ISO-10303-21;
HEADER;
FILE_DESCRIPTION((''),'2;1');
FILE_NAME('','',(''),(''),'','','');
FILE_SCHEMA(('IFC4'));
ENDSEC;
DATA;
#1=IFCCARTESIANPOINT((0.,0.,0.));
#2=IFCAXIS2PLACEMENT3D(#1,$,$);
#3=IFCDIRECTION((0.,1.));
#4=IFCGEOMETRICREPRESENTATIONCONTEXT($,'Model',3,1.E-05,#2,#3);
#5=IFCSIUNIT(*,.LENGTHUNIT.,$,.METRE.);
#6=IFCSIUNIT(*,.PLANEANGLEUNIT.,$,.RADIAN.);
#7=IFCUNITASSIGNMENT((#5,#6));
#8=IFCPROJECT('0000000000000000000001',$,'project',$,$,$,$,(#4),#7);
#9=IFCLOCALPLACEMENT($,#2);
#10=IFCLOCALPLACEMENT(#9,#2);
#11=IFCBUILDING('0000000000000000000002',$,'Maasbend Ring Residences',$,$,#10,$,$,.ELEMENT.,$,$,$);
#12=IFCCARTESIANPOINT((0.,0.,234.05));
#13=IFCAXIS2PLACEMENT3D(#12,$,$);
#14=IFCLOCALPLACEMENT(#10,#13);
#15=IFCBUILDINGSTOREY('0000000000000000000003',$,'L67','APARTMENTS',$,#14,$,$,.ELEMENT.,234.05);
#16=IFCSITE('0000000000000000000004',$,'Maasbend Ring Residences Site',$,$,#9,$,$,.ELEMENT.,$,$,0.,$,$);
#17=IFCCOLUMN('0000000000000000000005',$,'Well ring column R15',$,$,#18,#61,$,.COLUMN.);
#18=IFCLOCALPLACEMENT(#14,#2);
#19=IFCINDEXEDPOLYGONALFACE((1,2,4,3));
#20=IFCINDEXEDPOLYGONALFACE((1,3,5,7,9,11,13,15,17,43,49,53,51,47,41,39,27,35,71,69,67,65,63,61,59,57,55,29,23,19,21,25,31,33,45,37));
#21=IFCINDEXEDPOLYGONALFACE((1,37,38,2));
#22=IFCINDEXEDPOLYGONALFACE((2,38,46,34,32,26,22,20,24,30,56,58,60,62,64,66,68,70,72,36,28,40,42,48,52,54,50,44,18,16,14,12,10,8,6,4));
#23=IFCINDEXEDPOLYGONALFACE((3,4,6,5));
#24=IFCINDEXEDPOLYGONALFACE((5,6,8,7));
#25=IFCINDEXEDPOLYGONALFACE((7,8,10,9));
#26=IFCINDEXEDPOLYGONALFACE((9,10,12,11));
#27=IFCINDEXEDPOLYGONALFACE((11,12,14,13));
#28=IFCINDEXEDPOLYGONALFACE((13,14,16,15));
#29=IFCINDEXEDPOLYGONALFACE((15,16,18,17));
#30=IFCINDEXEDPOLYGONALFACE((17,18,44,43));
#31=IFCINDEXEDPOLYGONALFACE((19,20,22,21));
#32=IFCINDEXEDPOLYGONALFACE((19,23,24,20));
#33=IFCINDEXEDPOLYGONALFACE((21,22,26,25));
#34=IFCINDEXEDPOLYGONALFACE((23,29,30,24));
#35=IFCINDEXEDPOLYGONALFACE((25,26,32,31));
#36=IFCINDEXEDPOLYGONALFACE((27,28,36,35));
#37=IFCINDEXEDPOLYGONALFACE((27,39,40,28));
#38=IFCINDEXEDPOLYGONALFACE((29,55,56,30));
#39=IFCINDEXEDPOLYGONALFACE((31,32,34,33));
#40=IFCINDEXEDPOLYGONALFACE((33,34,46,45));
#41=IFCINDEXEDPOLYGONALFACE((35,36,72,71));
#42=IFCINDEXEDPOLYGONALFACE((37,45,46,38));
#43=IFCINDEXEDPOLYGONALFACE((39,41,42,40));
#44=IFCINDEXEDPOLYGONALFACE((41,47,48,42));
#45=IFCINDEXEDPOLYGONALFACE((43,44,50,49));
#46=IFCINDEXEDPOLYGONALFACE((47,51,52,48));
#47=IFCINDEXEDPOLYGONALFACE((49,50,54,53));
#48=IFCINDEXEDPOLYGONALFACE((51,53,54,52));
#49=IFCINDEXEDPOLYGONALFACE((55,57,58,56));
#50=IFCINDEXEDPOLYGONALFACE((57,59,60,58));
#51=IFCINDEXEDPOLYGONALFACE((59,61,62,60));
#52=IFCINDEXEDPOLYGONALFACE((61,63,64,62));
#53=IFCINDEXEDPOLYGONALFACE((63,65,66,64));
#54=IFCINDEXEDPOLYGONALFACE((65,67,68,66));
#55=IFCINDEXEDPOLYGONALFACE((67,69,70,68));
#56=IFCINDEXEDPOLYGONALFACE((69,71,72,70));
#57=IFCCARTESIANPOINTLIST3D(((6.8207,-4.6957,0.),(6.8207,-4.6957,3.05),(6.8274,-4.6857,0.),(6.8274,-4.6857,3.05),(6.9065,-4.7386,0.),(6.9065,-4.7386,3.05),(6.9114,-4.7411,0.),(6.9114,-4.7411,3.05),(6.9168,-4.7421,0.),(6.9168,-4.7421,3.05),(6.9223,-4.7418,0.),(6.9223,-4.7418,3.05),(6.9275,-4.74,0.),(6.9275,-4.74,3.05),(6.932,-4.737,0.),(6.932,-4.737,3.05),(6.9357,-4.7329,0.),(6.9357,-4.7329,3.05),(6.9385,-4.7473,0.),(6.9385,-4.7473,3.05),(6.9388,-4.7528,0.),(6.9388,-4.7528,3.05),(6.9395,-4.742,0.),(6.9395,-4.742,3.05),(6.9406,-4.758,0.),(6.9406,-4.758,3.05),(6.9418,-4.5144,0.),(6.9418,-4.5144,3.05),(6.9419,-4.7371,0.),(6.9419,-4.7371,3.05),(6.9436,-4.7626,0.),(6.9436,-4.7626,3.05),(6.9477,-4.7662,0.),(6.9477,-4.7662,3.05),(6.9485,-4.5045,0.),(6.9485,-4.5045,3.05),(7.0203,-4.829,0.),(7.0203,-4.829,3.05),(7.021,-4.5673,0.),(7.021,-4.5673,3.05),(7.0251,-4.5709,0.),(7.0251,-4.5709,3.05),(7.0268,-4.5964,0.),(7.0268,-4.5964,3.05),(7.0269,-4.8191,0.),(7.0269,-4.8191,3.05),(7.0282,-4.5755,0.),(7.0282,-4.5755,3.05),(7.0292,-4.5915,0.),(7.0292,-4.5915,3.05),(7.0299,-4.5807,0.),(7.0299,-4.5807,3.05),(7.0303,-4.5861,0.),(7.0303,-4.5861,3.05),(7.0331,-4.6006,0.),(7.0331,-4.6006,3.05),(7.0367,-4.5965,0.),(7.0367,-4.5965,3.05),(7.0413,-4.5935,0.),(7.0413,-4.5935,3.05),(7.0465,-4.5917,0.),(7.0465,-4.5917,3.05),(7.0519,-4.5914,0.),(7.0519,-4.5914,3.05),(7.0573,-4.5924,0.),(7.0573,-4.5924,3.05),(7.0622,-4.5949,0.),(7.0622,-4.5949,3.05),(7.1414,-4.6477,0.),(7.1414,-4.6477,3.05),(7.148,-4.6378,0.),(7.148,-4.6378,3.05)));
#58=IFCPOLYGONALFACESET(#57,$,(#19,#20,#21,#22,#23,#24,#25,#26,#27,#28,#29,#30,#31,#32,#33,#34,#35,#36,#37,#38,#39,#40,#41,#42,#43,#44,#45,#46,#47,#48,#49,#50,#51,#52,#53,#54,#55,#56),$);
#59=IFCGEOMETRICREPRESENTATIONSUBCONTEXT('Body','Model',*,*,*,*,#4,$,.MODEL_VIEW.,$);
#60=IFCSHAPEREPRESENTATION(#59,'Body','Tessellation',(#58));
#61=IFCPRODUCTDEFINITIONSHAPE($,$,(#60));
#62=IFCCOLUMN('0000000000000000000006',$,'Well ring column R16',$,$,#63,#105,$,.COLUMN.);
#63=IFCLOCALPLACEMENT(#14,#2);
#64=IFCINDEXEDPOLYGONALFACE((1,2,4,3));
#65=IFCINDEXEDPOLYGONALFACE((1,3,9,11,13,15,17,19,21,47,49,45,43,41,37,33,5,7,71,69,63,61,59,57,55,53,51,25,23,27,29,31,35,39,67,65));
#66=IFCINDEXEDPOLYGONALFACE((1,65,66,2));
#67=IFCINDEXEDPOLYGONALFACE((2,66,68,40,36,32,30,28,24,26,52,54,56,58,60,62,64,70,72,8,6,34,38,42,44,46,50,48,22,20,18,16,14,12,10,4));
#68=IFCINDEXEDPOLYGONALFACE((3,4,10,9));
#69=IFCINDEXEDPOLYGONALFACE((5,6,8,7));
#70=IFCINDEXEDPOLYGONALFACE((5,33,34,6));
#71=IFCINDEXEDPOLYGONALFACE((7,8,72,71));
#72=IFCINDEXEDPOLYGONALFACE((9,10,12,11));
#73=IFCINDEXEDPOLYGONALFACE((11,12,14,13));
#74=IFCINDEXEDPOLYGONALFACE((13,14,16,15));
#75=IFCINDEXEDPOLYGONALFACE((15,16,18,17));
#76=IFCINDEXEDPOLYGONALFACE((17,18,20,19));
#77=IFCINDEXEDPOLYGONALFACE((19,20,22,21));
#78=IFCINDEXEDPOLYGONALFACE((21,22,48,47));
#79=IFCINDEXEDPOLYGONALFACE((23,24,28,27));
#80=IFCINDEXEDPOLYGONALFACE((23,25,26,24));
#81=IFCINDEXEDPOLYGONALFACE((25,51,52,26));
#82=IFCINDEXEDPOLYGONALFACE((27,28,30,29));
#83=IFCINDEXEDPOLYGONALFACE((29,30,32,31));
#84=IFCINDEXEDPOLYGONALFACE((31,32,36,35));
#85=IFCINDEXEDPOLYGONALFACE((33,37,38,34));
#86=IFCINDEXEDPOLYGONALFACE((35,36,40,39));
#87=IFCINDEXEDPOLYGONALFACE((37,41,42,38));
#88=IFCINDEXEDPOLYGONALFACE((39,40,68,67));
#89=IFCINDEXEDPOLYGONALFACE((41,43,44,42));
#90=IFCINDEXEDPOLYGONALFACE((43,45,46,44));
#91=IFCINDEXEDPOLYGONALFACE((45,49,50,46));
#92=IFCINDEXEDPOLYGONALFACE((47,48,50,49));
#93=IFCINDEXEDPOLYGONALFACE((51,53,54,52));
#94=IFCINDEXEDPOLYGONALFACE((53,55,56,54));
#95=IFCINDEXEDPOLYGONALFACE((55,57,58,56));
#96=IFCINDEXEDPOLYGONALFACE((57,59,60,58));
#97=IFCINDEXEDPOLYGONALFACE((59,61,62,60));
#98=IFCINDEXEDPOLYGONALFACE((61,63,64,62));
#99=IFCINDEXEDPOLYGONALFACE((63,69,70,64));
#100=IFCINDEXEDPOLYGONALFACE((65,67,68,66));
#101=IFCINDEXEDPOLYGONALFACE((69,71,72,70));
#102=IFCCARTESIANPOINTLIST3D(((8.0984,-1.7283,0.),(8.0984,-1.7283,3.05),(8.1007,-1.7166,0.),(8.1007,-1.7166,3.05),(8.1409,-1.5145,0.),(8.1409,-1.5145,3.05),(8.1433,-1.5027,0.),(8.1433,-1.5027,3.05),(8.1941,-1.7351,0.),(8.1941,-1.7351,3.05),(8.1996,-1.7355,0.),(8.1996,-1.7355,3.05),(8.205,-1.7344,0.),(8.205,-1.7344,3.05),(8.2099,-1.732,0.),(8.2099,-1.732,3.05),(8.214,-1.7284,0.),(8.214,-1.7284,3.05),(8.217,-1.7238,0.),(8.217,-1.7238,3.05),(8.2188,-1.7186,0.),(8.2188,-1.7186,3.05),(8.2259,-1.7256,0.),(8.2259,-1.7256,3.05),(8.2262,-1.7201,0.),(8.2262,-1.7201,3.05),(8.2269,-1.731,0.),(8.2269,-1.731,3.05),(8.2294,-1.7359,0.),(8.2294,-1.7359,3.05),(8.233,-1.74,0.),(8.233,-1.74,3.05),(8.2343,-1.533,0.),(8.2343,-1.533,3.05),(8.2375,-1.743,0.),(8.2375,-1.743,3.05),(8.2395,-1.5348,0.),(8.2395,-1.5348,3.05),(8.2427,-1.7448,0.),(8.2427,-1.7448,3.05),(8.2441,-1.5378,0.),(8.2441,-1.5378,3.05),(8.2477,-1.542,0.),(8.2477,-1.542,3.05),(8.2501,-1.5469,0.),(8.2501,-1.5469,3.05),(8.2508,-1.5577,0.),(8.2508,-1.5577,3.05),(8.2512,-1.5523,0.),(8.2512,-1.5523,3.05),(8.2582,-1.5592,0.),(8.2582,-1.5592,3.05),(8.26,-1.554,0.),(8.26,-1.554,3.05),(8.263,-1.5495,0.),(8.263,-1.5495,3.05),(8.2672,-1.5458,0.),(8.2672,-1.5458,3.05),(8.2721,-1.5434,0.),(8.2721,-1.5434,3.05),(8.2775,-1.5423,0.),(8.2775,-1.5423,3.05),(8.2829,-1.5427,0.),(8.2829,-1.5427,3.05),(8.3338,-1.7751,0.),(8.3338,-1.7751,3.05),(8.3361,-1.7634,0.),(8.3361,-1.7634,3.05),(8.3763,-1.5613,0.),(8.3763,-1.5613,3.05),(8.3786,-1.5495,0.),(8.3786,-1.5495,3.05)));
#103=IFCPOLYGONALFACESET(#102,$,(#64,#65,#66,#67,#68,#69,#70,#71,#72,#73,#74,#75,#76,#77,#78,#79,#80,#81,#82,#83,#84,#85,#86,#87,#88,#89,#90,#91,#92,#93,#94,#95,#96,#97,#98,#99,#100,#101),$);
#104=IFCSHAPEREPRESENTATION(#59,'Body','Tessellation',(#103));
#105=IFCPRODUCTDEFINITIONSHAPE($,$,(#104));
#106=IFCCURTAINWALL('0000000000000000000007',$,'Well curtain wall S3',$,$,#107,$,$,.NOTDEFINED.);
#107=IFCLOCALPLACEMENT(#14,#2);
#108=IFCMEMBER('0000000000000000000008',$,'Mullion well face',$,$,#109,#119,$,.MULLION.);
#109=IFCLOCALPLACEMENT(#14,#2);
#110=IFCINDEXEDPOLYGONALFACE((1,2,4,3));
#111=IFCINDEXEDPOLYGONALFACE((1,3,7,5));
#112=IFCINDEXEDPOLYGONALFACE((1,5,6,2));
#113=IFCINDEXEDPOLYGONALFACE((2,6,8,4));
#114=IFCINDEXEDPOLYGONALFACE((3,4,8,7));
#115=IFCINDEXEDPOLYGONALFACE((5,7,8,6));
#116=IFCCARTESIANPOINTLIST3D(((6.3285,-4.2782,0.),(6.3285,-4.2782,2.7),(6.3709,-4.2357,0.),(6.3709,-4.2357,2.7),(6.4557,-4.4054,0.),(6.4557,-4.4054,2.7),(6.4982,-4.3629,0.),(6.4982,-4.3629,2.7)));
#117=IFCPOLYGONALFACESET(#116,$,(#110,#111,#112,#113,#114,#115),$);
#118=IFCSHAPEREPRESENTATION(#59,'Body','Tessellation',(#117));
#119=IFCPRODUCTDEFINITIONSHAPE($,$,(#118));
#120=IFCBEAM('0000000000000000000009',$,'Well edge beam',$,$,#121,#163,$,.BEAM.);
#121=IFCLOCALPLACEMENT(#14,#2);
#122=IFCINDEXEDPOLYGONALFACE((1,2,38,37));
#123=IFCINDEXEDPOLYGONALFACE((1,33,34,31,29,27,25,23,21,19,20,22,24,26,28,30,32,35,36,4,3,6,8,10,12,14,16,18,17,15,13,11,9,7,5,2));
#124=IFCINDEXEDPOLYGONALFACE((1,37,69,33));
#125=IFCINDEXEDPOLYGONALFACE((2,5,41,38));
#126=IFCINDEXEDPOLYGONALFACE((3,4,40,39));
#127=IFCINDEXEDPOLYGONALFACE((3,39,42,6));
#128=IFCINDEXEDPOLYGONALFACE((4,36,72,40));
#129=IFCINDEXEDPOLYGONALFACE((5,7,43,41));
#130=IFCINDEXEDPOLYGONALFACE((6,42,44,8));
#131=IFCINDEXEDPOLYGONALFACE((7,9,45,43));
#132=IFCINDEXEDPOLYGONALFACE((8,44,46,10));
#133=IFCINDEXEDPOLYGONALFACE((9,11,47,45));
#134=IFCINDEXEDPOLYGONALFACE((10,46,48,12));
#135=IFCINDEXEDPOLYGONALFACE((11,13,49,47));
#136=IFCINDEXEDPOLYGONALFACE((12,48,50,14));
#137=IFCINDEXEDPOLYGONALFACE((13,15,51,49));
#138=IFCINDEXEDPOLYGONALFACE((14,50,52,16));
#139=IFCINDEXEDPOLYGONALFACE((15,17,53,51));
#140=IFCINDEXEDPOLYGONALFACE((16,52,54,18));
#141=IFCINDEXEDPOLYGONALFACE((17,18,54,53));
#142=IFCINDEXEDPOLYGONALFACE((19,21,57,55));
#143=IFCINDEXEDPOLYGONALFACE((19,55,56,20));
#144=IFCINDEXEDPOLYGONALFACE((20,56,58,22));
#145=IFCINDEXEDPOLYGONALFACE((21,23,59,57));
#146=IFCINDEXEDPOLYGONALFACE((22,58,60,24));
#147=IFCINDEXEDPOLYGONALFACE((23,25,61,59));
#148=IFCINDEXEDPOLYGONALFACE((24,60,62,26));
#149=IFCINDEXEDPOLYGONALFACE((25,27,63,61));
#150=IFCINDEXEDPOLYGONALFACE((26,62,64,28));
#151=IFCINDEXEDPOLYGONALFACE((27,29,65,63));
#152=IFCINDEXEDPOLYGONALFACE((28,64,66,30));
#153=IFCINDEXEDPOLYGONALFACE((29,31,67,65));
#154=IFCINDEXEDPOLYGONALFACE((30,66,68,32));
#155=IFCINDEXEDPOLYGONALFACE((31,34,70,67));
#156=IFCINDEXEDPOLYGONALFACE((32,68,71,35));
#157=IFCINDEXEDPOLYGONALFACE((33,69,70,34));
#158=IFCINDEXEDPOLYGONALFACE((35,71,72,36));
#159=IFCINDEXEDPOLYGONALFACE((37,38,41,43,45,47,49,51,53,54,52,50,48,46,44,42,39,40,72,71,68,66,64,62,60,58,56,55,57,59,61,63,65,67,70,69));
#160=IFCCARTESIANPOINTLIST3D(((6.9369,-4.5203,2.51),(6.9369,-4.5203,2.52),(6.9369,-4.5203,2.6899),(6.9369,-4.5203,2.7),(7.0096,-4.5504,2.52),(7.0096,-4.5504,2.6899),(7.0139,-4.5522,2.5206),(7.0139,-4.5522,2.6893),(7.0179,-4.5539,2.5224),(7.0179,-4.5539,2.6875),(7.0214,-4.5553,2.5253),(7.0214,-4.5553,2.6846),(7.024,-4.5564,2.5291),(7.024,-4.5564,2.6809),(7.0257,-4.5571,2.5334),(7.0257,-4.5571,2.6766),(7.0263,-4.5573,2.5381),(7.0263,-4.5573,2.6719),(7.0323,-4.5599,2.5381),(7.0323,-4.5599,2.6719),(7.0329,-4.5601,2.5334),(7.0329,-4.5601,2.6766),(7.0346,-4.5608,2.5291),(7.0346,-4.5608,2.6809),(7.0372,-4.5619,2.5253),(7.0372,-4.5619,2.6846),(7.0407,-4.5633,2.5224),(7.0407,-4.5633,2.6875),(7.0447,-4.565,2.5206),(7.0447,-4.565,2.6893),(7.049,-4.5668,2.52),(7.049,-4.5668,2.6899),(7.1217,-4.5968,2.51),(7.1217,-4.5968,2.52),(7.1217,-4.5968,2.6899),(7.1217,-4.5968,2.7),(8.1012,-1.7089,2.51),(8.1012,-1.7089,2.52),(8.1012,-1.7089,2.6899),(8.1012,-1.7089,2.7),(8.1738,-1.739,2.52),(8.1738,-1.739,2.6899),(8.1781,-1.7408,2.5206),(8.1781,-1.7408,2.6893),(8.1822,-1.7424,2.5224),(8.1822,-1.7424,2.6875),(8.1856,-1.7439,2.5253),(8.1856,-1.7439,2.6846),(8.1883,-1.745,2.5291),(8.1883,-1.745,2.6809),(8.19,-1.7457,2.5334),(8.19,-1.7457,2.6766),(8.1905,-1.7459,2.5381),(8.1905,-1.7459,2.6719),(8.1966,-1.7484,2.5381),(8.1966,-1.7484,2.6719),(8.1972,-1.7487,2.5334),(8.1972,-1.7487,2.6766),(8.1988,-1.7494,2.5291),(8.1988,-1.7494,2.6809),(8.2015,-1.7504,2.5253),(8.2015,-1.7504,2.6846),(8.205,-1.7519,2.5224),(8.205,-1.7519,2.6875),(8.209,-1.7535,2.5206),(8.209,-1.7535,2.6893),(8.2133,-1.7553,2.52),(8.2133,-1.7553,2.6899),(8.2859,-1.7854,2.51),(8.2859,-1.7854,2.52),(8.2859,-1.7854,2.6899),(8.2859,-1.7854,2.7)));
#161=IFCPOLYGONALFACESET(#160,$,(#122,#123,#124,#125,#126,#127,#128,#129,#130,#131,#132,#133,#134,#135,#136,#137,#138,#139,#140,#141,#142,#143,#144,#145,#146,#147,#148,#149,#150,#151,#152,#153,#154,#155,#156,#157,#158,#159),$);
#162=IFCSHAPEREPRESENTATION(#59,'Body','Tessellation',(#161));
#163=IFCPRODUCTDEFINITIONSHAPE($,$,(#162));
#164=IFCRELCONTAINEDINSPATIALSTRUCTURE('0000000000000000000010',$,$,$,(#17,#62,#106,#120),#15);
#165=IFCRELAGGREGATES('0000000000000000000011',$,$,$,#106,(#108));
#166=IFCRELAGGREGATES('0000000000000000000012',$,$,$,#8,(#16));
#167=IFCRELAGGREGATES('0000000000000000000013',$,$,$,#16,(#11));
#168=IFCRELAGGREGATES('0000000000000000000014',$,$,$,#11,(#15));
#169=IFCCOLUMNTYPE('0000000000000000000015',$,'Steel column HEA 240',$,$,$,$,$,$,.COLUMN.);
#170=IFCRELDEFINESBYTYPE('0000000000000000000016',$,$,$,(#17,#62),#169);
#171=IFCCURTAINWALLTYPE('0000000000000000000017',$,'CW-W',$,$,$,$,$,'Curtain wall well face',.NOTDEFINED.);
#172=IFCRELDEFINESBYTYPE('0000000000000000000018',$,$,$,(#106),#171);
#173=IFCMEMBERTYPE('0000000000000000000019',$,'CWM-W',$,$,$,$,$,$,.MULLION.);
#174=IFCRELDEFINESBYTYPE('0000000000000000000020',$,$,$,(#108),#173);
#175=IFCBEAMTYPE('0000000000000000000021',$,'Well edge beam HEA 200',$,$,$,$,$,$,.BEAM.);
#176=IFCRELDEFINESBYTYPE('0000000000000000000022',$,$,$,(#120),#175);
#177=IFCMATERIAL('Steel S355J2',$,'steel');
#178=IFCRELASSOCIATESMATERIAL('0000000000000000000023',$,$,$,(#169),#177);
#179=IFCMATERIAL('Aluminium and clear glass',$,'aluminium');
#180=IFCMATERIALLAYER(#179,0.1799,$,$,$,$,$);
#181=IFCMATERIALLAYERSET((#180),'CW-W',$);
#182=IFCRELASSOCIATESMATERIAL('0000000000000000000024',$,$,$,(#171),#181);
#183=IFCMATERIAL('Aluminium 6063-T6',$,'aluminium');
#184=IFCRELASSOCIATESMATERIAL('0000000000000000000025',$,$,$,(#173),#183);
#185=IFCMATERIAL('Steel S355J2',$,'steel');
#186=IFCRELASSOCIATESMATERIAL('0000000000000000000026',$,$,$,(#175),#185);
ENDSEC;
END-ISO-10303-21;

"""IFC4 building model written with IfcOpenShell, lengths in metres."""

from ifc_helpers import new_model, si_unit, direction, frame, origin, origin_2d, place, context, subcontext, project, spatial, rectangle, i_section, extrude, material, layer, layer_set, material_profile, profile_set, type_object, element, aggregate, save


model = new_model("IFC4")

# Units and contexts
model_context = context("Model", 3, precision=1e-05, world=origin(), true_north=direction((0.0, 1.0)))
body_context = subcontext(model_context, "Body", "Model", "MODEL_VIEW")
ifc_project = project(units=[si_unit("LENGTHUNIT", "METRE"), si_unit("PLANEANGLEUNIT", "RADIAN")], contexts=[model_context])

# Site, building, storey
site_placement = place(None, origin())
site = spatial("IfcSite", under=ifc_project, at=site_placement, Name="Maasbend Ring Residences Site", CompositionType="ELEMENT", RefElevation=0.0)
building_placement = place(site_placement, origin())
building = spatial("IfcBuilding", under=site, at=building_placement, Name="Maasbend Ring Residences", CompositionType="ELEMENT")
storey_placement = place(building_placement, frame((0.0, 0.0, 234.05)))
storey = spatial("IfcBuildingStorey", under=building, at=storey_placement, Name="L67", Description="APARTMENTS", CompositionType="ELEMENT", Elevation=234.05)

# Columns
ifc_material_1 = material(Name="Steel S355J2", Category="steel")
ifc_material_profile_1 = material_profile(ifc_material_1, i_section(OverallWidth=0.24, OverallDepth=0.23, WebThickness=0.0076, FlangeThickness=0.012, FilletRadius=0.021, at=origin_2d()), Name="HEA 240")
ifc_profile_set_1 = profile_set([ifc_material_profile_1], Name="Steel S355J2")
column_type = type_object("IfcColumnType", Name="Steel column HEA 240", PredefinedType="COLUMN", material=ifc_profile_set_1)
for number, where, z_axis, x_axis, name in (
    (1, (6.9844, -4.6667, 0.0), (0.0, 0.0, 1.0), (0.83147, -0.55557, 0.0), "Well ring column R15"),
    (2, (8.2385, -1.6389, 0.0), (0.0, 0.0, 1.0), (0.980785, -0.19509, 0.0), "Well ring column R16"),
):
    element("IfcColumn", number, at=place(storey_placement, frame(where, z_axis=z_axis, x_axis=x_axis)), inside=storey, type_object=column_type, Name=name, PredefinedType="COLUMN", context=body_context, shape_type="SweptSolid", body=[
        extrude(i_section(OverallWidth=0.24, OverallDepth=0.23, WebThickness=0.0076, FlangeThickness=0.012, FilletRadius=0.021, at=origin_2d()), origin(), (0.0, 0.0, 1.0), 3.05),
    ])

# Curtain wall, member
ifc_material_2 = material(Name="Aluminium and clear glass", Category="aluminium")
ifc_layer_1 = layer(ifc_material_2, 0.1799)
ifc_layer_set_1 = layer_set([ifc_layer_1], Name="CW-W")
curtain_wall_type = type_object("IfcCurtainWallType", Name="CW-W", ElementType="Curtain wall well face", PredefinedType="NOTDEFINED", material=ifc_layer_set_1)
curtain_wall_placement = place(storey_placement, origin())
curtain_wall = element("IfcCurtainWall", 3, at=curtain_wall_placement, inside=storey, type_object=curtain_wall_type, Name="Well curtain wall S3", PredefinedType="NOTDEFINED")
ifc_material_3 = material(Name="Aluminium 6063-T6", Category="aluminium")
ifc_material_profile_2 = material_profile(ifc_material_3, rectangle(XDim=0.1799, YDim=0.0601, at=origin_2d()), Name="AL 180x60")
ifc_profile_set_2 = profile_set([ifc_material_profile_2], Name="Aluminium 6063-T6")
member_type = type_object("IfcMemberType", Name="CWM-W", PredefinedType="MULLION", material=ifc_profile_set_2)
member_placement = place(storey_placement, frame((6.4133, -4.3206, 0.0), z_axis=(0.0, 0.0, 1.0), x_axis=(-0.707107, 0.707107, 0.0)))
member = element("IfcMember", 4, at=member_placement, type_object=member_type, Name="Mullion well face", PredefinedType="MULLION", context=body_context, shape_type="SweptSolid", body=[
    extrude(rectangle(XDim=0.1799, YDim=0.0601, at=origin_2d()), origin(), (0.0, 0.0, 1.0), 2.7),
])

# Beam
ifc_material_4 = material(Name="Steel S355J2", Category="steel")
ifc_material_profile_3 = material_profile(ifc_material_4, i_section(OverallWidth=0.2, OverallDepth=0.1899, WebThickness=0.0066, FlangeThickness=0.01, FilletRadius=0.0181, at=origin_2d()), Name="HEA 200")
ifc_profile_set_3 = profile_set([ifc_material_profile_3], Name="Steel S355J2")
beam_type = type_object("IfcBeamType", Name="Well edge beam HEA 200", PredefinedType="BEAM", material=ifc_profile_set_3)
for number, where, z_axis, x_axis, name in (
    (5, (7.0293, -4.5586, 2.605), (0.382609, 0.92391, 0.0), (-0.92391, 0.382609, 0.0), "Well edge beam"),
):
    element("IfcBeam", number, at=place(storey_placement, frame(where, z_axis=z_axis, x_axis=x_axis)), inside=storey, type_object=beam_type, Name=name, PredefinedType="BEAM", context=body_context, shape_type="SweptSolid", body=[
        extrude(i_section(OverallWidth=0.2, OverallDepth=0.1899, WebThickness=0.0066, FlangeThickness=0.01, FilletRadius=0.0181, at=origin_2d()), origin(), (0.0, 0.0, 1.0), 3.043),
    ])

aggregate(curtain_wall, [member])

save(model, "model.ifc")
